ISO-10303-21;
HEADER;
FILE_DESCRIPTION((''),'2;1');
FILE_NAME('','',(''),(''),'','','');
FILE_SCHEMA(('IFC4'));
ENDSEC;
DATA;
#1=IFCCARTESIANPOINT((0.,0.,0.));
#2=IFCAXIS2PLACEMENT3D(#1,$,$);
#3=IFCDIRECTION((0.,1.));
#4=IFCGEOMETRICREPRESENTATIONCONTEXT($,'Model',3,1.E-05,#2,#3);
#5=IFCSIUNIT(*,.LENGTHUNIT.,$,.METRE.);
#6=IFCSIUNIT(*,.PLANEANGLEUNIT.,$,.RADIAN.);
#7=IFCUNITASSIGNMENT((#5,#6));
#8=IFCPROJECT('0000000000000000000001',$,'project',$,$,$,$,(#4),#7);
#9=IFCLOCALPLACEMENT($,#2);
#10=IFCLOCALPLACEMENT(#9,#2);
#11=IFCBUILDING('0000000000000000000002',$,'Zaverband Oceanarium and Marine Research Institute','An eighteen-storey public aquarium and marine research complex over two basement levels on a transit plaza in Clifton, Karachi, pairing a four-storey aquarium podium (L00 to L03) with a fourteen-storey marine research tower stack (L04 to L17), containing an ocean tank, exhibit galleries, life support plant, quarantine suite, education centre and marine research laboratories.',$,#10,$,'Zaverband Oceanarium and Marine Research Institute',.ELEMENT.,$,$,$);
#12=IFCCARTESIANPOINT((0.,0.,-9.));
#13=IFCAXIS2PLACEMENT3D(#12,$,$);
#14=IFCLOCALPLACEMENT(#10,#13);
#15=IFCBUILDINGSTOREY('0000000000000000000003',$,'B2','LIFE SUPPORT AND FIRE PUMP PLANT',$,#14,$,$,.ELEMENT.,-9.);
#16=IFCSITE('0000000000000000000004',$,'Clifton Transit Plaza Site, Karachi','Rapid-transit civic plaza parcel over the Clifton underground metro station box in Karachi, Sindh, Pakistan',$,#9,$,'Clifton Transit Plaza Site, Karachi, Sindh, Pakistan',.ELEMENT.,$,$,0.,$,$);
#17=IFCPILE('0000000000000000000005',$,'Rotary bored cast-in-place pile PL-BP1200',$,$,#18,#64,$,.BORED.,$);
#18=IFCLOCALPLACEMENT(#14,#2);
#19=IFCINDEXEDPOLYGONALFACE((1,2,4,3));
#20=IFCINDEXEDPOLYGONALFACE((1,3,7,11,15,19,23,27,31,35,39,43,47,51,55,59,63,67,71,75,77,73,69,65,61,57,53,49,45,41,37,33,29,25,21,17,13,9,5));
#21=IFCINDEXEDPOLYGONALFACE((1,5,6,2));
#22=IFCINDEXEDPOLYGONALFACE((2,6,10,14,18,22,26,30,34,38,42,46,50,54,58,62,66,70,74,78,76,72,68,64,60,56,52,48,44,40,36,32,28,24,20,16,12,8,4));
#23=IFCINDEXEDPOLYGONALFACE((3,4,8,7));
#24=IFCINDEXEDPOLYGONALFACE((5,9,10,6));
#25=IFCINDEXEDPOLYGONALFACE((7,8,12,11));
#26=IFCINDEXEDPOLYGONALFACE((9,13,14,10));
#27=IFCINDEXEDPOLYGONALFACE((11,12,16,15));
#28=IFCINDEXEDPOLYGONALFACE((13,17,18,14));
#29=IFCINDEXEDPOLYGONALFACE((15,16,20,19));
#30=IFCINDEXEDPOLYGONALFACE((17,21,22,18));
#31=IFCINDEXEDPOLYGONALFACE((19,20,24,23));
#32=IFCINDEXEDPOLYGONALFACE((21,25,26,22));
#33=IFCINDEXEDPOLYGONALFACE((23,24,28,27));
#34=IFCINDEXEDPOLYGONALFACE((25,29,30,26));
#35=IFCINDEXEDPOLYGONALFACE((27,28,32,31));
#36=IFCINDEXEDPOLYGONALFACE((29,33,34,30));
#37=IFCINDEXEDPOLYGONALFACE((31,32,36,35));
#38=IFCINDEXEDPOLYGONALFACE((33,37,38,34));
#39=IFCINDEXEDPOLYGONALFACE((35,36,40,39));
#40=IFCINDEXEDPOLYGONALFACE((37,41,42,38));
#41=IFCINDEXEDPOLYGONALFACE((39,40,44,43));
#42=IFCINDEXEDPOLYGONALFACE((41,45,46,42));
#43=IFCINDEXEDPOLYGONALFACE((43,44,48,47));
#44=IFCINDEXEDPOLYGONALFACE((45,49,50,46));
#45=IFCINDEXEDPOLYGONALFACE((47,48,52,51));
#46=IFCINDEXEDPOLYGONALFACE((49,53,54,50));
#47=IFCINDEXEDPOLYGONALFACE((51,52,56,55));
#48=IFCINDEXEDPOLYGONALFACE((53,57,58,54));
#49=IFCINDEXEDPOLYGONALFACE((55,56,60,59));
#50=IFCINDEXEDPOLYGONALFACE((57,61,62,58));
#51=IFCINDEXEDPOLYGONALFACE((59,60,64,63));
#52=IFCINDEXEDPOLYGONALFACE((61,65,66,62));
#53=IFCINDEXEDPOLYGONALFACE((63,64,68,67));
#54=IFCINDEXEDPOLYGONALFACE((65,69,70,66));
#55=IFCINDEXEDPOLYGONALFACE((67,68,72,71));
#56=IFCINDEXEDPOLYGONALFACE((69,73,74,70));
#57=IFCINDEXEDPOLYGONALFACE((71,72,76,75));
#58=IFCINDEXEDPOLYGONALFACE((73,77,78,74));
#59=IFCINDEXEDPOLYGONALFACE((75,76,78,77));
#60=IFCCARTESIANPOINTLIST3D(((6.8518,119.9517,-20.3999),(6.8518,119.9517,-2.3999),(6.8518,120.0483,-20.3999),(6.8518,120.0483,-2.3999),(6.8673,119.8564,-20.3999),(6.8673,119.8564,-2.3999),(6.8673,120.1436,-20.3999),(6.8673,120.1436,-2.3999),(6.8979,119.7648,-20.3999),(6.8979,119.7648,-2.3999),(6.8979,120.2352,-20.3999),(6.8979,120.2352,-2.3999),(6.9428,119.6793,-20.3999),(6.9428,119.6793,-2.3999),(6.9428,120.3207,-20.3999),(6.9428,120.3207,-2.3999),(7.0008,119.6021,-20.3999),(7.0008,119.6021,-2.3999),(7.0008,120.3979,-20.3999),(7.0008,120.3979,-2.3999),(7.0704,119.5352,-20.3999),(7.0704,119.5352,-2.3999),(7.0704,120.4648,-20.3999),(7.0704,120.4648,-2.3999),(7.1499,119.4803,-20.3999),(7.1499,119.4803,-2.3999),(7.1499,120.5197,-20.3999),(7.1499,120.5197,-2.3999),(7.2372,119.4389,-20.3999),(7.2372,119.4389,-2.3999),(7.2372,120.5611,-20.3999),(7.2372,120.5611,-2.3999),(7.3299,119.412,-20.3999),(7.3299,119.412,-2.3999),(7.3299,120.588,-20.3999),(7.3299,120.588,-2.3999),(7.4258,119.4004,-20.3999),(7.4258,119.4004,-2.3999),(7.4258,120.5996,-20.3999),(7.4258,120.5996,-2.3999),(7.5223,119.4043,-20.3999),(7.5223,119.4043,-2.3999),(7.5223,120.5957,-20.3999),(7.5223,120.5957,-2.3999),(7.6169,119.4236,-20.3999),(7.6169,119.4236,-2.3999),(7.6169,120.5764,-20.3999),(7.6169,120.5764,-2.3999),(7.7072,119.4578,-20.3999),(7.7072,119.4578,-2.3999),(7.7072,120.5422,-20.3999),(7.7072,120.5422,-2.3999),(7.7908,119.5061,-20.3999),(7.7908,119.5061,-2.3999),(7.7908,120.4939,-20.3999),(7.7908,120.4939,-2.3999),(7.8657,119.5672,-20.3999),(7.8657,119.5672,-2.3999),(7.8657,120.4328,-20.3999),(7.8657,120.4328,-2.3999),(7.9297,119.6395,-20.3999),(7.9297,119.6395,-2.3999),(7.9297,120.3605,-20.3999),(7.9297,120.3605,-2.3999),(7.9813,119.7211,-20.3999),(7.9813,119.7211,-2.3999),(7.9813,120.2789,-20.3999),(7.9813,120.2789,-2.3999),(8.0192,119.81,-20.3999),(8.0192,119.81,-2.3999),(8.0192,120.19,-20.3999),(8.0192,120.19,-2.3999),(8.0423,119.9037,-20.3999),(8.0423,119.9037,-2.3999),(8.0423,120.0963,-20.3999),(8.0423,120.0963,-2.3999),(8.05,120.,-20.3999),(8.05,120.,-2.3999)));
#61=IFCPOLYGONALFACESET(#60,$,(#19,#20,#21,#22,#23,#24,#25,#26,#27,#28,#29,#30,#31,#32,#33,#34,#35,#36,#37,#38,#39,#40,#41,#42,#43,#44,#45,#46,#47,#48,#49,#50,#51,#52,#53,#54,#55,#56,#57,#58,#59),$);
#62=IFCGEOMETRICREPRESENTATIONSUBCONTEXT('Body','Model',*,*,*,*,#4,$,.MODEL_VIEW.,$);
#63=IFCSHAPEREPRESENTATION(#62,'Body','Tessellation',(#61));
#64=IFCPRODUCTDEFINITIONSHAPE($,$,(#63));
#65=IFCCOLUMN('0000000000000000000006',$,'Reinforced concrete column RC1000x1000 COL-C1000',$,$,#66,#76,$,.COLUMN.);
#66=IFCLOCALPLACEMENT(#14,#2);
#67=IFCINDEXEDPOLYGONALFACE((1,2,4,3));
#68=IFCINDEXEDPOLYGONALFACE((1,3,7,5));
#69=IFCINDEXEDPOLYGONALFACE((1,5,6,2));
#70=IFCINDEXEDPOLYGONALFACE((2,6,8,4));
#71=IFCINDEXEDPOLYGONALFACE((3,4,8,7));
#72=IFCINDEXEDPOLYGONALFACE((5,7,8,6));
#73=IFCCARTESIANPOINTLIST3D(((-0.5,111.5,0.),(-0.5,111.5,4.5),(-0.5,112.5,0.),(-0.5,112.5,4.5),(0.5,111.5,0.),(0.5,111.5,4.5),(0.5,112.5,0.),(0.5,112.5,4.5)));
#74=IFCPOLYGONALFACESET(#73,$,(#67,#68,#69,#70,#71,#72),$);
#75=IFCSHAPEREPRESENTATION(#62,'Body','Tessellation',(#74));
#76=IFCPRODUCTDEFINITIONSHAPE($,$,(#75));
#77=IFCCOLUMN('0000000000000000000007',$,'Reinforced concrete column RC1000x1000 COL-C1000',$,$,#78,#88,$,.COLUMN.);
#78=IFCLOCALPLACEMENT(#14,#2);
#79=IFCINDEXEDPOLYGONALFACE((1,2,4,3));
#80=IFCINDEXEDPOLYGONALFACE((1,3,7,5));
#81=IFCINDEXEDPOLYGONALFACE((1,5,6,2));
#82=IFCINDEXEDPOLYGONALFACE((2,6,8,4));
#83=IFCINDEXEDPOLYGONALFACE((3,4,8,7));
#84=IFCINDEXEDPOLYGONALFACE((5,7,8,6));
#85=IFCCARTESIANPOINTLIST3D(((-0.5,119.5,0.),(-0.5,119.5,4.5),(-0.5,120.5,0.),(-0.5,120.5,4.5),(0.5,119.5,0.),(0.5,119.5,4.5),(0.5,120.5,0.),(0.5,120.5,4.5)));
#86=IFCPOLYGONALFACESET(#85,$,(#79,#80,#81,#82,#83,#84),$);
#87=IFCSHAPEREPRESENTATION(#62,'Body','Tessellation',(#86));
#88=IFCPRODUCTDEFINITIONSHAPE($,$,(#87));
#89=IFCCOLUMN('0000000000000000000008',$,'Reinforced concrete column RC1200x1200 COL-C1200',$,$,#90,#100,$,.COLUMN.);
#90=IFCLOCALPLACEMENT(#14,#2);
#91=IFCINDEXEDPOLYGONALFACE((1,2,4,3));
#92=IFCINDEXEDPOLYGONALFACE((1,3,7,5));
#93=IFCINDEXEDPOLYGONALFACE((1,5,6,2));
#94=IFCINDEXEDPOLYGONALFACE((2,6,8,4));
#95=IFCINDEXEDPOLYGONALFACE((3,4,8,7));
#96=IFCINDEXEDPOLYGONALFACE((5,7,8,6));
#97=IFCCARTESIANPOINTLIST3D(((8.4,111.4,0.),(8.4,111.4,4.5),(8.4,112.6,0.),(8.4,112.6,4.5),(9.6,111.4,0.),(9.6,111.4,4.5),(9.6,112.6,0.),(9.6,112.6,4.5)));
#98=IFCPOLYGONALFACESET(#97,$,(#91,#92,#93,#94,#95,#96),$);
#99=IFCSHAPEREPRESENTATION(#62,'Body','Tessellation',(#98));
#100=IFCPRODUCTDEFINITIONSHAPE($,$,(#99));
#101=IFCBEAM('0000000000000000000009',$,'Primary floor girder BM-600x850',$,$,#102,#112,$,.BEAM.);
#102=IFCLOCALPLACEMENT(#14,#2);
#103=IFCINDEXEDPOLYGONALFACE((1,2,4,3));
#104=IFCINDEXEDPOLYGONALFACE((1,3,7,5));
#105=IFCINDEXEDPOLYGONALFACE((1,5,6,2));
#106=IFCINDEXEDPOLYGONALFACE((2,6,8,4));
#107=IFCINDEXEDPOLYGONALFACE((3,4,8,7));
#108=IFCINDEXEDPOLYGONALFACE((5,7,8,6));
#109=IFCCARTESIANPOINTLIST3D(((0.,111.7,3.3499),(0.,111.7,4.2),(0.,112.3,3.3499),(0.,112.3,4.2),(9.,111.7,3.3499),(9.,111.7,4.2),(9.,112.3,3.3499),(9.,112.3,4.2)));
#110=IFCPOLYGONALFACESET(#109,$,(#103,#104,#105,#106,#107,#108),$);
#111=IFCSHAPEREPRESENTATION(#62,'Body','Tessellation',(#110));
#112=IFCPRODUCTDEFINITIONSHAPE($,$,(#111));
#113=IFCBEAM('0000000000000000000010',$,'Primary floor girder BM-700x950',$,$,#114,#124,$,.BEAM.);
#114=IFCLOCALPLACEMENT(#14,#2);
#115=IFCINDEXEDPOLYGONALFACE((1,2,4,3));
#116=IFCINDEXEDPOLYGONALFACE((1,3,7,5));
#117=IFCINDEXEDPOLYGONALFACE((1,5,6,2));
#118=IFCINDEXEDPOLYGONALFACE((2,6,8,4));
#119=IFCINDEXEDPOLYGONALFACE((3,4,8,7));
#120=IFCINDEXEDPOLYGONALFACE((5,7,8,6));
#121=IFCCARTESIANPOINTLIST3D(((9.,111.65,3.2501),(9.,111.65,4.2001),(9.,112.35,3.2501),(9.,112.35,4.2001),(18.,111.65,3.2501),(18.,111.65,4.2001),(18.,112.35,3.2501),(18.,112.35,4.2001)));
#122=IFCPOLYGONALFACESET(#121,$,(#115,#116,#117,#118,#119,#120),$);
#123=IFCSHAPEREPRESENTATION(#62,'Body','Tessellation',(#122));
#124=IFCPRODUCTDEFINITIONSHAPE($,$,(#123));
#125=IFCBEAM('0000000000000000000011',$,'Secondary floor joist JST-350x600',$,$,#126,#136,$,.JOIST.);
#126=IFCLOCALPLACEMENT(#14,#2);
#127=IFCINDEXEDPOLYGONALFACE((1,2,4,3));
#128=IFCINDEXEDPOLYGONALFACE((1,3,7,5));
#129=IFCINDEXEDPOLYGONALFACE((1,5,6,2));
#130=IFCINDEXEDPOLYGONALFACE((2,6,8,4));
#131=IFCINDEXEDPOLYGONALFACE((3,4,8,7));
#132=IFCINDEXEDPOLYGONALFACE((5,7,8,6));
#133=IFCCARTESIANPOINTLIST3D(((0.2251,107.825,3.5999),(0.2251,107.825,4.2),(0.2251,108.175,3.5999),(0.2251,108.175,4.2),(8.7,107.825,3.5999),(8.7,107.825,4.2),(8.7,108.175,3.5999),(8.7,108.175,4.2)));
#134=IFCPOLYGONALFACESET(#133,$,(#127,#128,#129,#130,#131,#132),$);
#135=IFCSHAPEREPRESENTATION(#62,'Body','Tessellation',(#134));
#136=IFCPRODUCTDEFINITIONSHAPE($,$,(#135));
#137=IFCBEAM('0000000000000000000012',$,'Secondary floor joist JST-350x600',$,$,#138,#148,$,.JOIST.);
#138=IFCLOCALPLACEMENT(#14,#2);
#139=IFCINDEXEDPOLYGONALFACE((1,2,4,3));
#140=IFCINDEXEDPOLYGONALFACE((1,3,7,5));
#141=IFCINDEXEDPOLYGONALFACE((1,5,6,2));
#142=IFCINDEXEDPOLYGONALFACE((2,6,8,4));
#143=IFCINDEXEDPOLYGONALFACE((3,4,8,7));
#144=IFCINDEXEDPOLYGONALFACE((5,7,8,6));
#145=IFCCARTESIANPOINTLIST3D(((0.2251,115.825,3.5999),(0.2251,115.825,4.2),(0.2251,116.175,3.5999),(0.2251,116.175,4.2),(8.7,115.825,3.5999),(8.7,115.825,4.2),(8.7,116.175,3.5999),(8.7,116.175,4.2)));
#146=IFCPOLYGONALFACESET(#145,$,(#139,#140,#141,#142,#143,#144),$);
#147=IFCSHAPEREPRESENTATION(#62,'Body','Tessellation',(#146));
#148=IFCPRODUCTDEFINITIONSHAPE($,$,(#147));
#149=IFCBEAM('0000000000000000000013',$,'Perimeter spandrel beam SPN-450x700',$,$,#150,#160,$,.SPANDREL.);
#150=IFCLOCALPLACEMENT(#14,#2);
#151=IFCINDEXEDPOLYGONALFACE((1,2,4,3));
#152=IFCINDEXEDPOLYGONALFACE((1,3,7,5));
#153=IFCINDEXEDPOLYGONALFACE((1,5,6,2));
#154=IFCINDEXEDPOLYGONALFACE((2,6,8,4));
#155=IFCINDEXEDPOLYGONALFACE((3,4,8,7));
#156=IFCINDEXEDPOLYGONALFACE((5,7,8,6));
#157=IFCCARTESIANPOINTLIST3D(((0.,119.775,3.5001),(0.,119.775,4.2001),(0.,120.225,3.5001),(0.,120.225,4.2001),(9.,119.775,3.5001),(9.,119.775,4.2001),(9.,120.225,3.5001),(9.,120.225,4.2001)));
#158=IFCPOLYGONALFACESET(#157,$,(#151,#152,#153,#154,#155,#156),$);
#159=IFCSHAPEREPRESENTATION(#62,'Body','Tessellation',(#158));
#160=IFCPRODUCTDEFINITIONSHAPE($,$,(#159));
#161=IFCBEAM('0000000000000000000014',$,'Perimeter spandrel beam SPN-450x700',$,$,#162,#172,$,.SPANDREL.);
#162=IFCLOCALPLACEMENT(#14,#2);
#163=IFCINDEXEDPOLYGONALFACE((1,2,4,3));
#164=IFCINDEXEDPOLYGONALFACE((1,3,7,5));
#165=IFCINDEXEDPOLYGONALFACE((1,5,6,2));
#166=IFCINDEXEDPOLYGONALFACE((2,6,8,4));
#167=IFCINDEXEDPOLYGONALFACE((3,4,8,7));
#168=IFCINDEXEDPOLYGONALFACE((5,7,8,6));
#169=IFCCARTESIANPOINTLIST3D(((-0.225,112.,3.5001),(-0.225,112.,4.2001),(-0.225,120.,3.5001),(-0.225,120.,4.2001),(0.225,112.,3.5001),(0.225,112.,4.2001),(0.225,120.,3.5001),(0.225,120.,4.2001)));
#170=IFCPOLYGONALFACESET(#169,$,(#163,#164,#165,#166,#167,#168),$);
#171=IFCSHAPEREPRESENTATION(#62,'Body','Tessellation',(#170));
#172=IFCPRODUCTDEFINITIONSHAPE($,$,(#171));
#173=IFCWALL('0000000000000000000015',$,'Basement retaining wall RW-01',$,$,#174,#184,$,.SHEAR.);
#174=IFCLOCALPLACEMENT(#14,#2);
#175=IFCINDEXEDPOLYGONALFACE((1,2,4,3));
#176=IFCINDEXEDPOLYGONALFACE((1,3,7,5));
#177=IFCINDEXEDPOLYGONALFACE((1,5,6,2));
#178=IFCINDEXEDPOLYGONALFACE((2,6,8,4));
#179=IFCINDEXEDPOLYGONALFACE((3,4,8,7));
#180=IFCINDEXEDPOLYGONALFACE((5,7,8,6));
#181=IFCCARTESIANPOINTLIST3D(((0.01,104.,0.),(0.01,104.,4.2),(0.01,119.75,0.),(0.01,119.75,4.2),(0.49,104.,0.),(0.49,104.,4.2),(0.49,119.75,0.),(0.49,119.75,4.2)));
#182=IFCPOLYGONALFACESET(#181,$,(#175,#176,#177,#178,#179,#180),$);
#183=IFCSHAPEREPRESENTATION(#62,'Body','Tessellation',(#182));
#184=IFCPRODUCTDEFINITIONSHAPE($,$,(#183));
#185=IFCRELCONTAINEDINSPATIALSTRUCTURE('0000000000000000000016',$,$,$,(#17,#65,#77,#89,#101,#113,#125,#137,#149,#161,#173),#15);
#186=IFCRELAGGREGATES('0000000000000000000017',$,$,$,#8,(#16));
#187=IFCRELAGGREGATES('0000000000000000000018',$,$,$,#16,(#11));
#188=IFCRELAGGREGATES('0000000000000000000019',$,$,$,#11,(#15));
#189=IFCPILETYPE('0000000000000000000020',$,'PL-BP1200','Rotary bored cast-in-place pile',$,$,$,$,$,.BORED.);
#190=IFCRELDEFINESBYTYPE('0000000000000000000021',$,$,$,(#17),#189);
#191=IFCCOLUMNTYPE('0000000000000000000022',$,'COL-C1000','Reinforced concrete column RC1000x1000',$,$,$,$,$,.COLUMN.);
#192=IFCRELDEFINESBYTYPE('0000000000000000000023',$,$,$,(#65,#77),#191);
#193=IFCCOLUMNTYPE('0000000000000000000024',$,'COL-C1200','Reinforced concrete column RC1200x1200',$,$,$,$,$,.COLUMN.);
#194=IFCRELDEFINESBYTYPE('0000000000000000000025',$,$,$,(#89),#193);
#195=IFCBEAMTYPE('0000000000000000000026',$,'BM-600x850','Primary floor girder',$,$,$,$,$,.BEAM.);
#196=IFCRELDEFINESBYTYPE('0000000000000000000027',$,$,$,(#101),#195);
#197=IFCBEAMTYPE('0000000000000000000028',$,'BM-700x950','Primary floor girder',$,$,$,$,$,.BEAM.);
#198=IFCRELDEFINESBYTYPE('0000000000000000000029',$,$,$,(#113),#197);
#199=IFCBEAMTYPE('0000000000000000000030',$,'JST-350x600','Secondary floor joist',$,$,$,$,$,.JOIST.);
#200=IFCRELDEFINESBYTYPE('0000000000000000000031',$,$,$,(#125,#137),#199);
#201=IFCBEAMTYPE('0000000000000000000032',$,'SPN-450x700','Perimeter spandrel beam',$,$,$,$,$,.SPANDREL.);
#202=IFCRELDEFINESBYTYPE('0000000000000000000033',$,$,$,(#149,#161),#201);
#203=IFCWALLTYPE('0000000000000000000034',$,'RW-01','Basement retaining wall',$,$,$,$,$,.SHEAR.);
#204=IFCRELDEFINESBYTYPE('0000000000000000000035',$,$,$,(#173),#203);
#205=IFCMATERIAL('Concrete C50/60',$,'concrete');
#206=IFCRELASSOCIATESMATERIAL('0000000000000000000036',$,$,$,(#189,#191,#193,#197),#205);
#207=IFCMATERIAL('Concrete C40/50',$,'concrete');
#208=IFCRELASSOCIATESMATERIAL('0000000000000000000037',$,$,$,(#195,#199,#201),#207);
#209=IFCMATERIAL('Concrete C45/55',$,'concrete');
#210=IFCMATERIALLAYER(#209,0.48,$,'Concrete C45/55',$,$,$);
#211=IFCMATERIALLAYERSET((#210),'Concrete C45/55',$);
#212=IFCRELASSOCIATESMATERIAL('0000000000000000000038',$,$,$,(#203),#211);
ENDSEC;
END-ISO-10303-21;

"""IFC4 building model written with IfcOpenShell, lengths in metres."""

from ifc_helpers import new_model, si_unit, direction, frame, frame_2d, origin, origin_2d, place, context, subcontext, project, spatial, rectangle, circle, extrude, material, layer, layer_set, material_profile, profile_set, type_object, element, save


model = new_model("IFC4")

# Units and contexts
model_context = context("Model", 3, precision=1e-05, world=origin(), true_north=direction((0.0, 1.0)))
body_context = subcontext(model_context, "Body", "Model", "MODEL_VIEW")
ifc_project = project(units=[si_unit("LENGTHUNIT", "METRE"), si_unit("PLANEANGLEUNIT", "RADIAN")], contexts=[model_context])

# Site, building, storey
site_placement = place(None, origin())
site = spatial("IfcSite", under=ifc_project, at=site_placement, Name="Clifton Transit Plaza Site, Karachi", Description="Rapid-transit civic plaza parcel over the Clifton underground metro station box in Karachi, Sindh, Pakistan", LongName="Clifton Transit Plaza Site, Karachi, Sindh, Pakistan", CompositionType="ELEMENT", RefElevation=0.0)
building_placement = place(site_placement, origin())
building = spatial("IfcBuilding", under=site, at=building_placement, Name="Zaverband Oceanarium and Marine Research Institute", Description="An eighteen-storey public aquarium and marine research complex over two basement levels on a transit plaza in Clifton, Karachi, pairing a four-storey aquarium podium (L00 to L03) with a fourteen-storey marine research tower stack (L04 to L17), containing an ocean tank, exhibit galleries, life support plant, quarantine suite, education centre and marine research laboratories.", LongName="Zaverband Oceanarium and Marine Research Institute", CompositionType="ELEMENT")
storey_placement = place(building_placement, frame((0.0, 0.0, -9.0)))
storey = spatial("IfcBuildingStorey", under=building, at=storey_placement, Name="B2", Description="LIFE SUPPORT AND FIRE PUMP PLANT", CompositionType="ELEMENT", Elevation=-9.0)

# Shared definitions
ifc_material_1 = material(Name="Concrete C50/60", Category="concrete")

# Pile
ifc_material_profile_1 = material_profile(ifc_material_1, circle(Radius=0.6001, at=origin_2d()), Name="BP1200")
ifc_profile_set_1 = profile_set([ifc_material_profile_1], Name="Concrete C50/60")
pile_type = type_object("IfcPileType", Name="PL-BP1200", Description="Rotary bored cast-in-place pile", PredefinedType="BORED", material=ifc_profile_set_1)
for number, where, z_axis, x_axis, name in (
    (1, (7.45, 120.0, -2.3999), (0.0, 0.0, -1.0), (1.0, 0.0, 0.0), "Rotary bored cast-in-place pile PL-BP1200"),
):
    element("IfcPile", number, at=place(storey_placement, frame(where, z_axis=z_axis, x_axis=x_axis)), inside=storey, type_object=pile_type, Name=name, PredefinedType="BORED", context=body_context, shape_type="SweptSolid", body=[
        extrude(circle(Radius=0.6001, at=origin_2d()), origin(), (0.0, 0.0, 1.0), 18.0),
    ])

# Columns
ifc_material_profile_2 = material_profile(ifc_material_1, rectangle(XDim=1.0, YDim=1.0, at=origin_2d()), Name="RC1000x1000")
ifc_profile_set_2 = profile_set([ifc_material_profile_2], Name="Concrete C50/60")
column_type_1 = type_object("IfcColumnType", Name="COL-C1000", Description="Reinforced concrete column RC1000x1000", PredefinedType="COLUMN", material=ifc_profile_set_2)
for number, where, z_axis, x_axis, name in (
    (2, (0.0, 112.0, 0.0), (0.0, 0.0, 1.0), (1.0, 0.0, 0.0), "Reinforced concrete column RC1000x1000 COL-C1000"),
    (3, (0.0, 120.0, 0.0), (0.0, 0.0, 1.0), (1.0, 0.0, 0.0), "Reinforced concrete column RC1000x1000 COL-C1000"),
):
    element("IfcColumn", number, at=place(storey_placement, frame(where, z_axis=z_axis, x_axis=x_axis)), inside=storey, type_object=column_type_1, Name=name, PredefinedType="COLUMN", context=body_context, shape_type="SweptSolid", body=[
        extrude(rectangle(XDim=1.0, YDim=1.0, at=origin_2d()), origin(), (0.0, 0.0, 1.0), 4.5),
    ])
ifc_material_profile_3 = material_profile(ifc_material_1, rectangle(XDim=1.2, YDim=1.2, at=origin_2d()), Name="RC1200x1200")
ifc_profile_set_3 = profile_set([ifc_material_profile_3], Name="Concrete C50/60")
column_type_2 = type_object("IfcColumnType", Name="COL-C1200", Description="Reinforced concrete column RC1200x1200", PredefinedType="COLUMN", material=ifc_profile_set_3)
column_placement = place(storey_placement, frame((9.0, 112.0, 0.0), z_axis=(0.0, 0.0, 1.0), x_axis=(1.0, 0.0, 0.0)))
element("IfcColumn", 4, at=column_placement, inside=storey, type_object=column_type_2, Name="Reinforced concrete column RC1200x1200 COL-C1200", PredefinedType="COLUMN", context=body_context, shape_type="SweptSolid", body=[
    extrude(rectangle(XDim=1.2, YDim=1.2, at=origin_2d()), origin(), (0.0, 0.0, 1.0), 4.5),
])

# Beams
ifc_material_2 = material(Name="Concrete C40/50", Category="concrete")
ifc_material_profile_4 = material_profile(ifc_material_2, rectangle(XDim=0.6001, YDim=0.8501, at=origin_2d()), Name="RC600x850")
ifc_profile_set_4 = profile_set([ifc_material_profile_4], Name="Concrete C40/50")
beam_type_1 = type_object("IfcBeamType", Name="BM-600x850", Description="Primary floor girder", PredefinedType="BEAM", material=ifc_profile_set_4)
beam_1_placement = place(storey_placement, frame((0.0, 112.0, 3.7749), z_axis=(1.0, 0.0, 0.0), x_axis=(0.0, 1.0, 0.0)))
element("IfcBeam", 5, at=beam_1_placement, inside=storey, type_object=beam_type_1, Name="Primary floor girder BM-600x850", PredefinedType="BEAM", context=body_context, shape_type="SweptSolid", body=[
    extrude(rectangle(XDim=0.6001, YDim=0.8501, at=origin_2d()), origin(), (0.0, 0.0, 1.0), 9.0),
])
ifc_material_profile_5 = material_profile(ifc_material_1, rectangle(XDim=0.7, YDim=0.95, at=origin_2d()), Name="RC700x950")
ifc_profile_set_5 = profile_set([ifc_material_profile_5], Name="Concrete C50/60")
beam_type_2 = type_object("IfcBeamType", Name="BM-700x950", Description="Primary floor girder", PredefinedType="BEAM", material=ifc_profile_set_5)
beam_2_placement = place(storey_placement, frame((9.0, 112.0, 3.7251), z_axis=(1.0, 0.0, 0.0), x_axis=(0.0, 1.0, 0.0)))
element("IfcBeam", 6, at=beam_2_placement, inside=storey, type_object=beam_type_2, Name="Primary floor girder BM-700x950", PredefinedType="BEAM", context=body_context, shape_type="SweptSolid", body=[
    extrude(rectangle(XDim=0.7, YDim=0.95, at=origin_2d()), origin(), (0.0, 0.0, 1.0), 9.0),
])
ifc_material_profile_6 = material_profile(ifc_material_2, rectangle(XDim=0.3501, YDim=0.6001, at=origin_2d()), Name="RC350x600")
ifc_profile_set_6 = profile_set([ifc_material_profile_6], Name="Concrete C40/50")
beam_type_3 = type_object("IfcBeamType", Name="JST-350x600", Description="Secondary floor joist", PredefinedType="JOIST", material=ifc_profile_set_6)
for number, where, z_axis, x_axis, name in (
    (7, (0.2251, 108.0, 3.8999), (1.0, 0.0, 0.0), (0.0, 1.0, 0.0), "Secondary floor joist JST-350x600"),
    (8, (0.2251, 116.0, 3.8999), (1.0, 0.0, 0.0), (0.0, 1.0, 0.0), "Secondary floor joist JST-350x600"),
):
    element("IfcBeam", number, at=place(storey_placement, frame(where, z_axis=z_axis, x_axis=x_axis)), inside=storey, type_object=beam_type_3, Name=name, PredefinedType="JOIST", context=body_context, shape_type="SweptSolid", body=[
        extrude(rectangle(XDim=0.3501, YDim=0.6001, at=origin_2d()), origin(), (0.0, 0.0, 1.0), 8.4749),
    ])
ifc_material_profile_7 = material_profile(ifc_material_2, rectangle(XDim=0.45, YDim=0.7, at=origin_2d()), Name="RC450x700")
ifc_profile_set_7 = profile_set([ifc_material_profile_7], Name="Concrete C40/50")
beam_type_4 = type_object("IfcBeamType", Name="SPN-450x700", Description="Perimeter spandrel beam", PredefinedType="SPANDREL", material=ifc_profile_set_7)
beam_3_placement = place(storey_placement, frame((0.0, 120.0, 3.8501), z_axis=(1.0, 0.0, 0.0), x_axis=(0.0, 1.0, 0.0)))
element("IfcBeam", 9, at=beam_3_placement, inside=storey, type_object=beam_type_4, Name="Perimeter spandrel beam SPN-450x700", PredefinedType="SPANDREL", context=body_context, shape_type="SweptSolid", body=[
    extrude(rectangle(XDim=0.45, YDim=0.7, at=origin_2d()), origin(), (0.0, 0.0, 1.0), 9.0),
])
beam_4_placement = place(storey_placement, frame((0.0, 112.0, 3.8501), z_axis=(0.0, 1.0, 0.0), x_axis=(-1.0, 0.0, 0.0)))
element("IfcBeam", 10, at=beam_4_placement, inside=storey, type_object=beam_type_4, Name="Perimeter spandrel beam SPN-450x700", PredefinedType="SPANDREL", context=body_context, shape_type="SweptSolid", body=[
    extrude(rectangle(XDim=0.45, YDim=0.7, at=origin_2d()), origin(), (0.0, 0.0, 1.0), 8.0),
])

# Wall
ifc_material_3 = material(Name="Concrete C45/55", Category="concrete")
ifc_layer_1 = layer(ifc_material_3, 0.48, Name="Concrete C45/55")
ifc_layer_set_1 = layer_set([ifc_layer_1], Name="Concrete C45/55")
wall_type = type_object("IfcWallType", Name="RW-01", Description="Basement retaining wall", PredefinedType="SHEAR", material=ifc_layer_set_1)
wall_placement = place(storey_placement, frame((0.25, 119.75, 0.0), z_axis=(0.0, 0.0, 1.0), x_axis=(0.0, -1.0, 0.0)))
element("IfcWall", 11, at=wall_placement, inside=storey, type_object=wall_type, Name="Basement retaining wall RW-01", PredefinedType="SHEAR", context=body_context, shape_type="SweptSolid", body=[
    extrude(rectangle(XDim=15.75, YDim=0.48, at=frame_2d((7.875, 0.0))), origin(), (0.0, 0.0, 1.0), 4.2),
])

save(model, "model.ifc")
